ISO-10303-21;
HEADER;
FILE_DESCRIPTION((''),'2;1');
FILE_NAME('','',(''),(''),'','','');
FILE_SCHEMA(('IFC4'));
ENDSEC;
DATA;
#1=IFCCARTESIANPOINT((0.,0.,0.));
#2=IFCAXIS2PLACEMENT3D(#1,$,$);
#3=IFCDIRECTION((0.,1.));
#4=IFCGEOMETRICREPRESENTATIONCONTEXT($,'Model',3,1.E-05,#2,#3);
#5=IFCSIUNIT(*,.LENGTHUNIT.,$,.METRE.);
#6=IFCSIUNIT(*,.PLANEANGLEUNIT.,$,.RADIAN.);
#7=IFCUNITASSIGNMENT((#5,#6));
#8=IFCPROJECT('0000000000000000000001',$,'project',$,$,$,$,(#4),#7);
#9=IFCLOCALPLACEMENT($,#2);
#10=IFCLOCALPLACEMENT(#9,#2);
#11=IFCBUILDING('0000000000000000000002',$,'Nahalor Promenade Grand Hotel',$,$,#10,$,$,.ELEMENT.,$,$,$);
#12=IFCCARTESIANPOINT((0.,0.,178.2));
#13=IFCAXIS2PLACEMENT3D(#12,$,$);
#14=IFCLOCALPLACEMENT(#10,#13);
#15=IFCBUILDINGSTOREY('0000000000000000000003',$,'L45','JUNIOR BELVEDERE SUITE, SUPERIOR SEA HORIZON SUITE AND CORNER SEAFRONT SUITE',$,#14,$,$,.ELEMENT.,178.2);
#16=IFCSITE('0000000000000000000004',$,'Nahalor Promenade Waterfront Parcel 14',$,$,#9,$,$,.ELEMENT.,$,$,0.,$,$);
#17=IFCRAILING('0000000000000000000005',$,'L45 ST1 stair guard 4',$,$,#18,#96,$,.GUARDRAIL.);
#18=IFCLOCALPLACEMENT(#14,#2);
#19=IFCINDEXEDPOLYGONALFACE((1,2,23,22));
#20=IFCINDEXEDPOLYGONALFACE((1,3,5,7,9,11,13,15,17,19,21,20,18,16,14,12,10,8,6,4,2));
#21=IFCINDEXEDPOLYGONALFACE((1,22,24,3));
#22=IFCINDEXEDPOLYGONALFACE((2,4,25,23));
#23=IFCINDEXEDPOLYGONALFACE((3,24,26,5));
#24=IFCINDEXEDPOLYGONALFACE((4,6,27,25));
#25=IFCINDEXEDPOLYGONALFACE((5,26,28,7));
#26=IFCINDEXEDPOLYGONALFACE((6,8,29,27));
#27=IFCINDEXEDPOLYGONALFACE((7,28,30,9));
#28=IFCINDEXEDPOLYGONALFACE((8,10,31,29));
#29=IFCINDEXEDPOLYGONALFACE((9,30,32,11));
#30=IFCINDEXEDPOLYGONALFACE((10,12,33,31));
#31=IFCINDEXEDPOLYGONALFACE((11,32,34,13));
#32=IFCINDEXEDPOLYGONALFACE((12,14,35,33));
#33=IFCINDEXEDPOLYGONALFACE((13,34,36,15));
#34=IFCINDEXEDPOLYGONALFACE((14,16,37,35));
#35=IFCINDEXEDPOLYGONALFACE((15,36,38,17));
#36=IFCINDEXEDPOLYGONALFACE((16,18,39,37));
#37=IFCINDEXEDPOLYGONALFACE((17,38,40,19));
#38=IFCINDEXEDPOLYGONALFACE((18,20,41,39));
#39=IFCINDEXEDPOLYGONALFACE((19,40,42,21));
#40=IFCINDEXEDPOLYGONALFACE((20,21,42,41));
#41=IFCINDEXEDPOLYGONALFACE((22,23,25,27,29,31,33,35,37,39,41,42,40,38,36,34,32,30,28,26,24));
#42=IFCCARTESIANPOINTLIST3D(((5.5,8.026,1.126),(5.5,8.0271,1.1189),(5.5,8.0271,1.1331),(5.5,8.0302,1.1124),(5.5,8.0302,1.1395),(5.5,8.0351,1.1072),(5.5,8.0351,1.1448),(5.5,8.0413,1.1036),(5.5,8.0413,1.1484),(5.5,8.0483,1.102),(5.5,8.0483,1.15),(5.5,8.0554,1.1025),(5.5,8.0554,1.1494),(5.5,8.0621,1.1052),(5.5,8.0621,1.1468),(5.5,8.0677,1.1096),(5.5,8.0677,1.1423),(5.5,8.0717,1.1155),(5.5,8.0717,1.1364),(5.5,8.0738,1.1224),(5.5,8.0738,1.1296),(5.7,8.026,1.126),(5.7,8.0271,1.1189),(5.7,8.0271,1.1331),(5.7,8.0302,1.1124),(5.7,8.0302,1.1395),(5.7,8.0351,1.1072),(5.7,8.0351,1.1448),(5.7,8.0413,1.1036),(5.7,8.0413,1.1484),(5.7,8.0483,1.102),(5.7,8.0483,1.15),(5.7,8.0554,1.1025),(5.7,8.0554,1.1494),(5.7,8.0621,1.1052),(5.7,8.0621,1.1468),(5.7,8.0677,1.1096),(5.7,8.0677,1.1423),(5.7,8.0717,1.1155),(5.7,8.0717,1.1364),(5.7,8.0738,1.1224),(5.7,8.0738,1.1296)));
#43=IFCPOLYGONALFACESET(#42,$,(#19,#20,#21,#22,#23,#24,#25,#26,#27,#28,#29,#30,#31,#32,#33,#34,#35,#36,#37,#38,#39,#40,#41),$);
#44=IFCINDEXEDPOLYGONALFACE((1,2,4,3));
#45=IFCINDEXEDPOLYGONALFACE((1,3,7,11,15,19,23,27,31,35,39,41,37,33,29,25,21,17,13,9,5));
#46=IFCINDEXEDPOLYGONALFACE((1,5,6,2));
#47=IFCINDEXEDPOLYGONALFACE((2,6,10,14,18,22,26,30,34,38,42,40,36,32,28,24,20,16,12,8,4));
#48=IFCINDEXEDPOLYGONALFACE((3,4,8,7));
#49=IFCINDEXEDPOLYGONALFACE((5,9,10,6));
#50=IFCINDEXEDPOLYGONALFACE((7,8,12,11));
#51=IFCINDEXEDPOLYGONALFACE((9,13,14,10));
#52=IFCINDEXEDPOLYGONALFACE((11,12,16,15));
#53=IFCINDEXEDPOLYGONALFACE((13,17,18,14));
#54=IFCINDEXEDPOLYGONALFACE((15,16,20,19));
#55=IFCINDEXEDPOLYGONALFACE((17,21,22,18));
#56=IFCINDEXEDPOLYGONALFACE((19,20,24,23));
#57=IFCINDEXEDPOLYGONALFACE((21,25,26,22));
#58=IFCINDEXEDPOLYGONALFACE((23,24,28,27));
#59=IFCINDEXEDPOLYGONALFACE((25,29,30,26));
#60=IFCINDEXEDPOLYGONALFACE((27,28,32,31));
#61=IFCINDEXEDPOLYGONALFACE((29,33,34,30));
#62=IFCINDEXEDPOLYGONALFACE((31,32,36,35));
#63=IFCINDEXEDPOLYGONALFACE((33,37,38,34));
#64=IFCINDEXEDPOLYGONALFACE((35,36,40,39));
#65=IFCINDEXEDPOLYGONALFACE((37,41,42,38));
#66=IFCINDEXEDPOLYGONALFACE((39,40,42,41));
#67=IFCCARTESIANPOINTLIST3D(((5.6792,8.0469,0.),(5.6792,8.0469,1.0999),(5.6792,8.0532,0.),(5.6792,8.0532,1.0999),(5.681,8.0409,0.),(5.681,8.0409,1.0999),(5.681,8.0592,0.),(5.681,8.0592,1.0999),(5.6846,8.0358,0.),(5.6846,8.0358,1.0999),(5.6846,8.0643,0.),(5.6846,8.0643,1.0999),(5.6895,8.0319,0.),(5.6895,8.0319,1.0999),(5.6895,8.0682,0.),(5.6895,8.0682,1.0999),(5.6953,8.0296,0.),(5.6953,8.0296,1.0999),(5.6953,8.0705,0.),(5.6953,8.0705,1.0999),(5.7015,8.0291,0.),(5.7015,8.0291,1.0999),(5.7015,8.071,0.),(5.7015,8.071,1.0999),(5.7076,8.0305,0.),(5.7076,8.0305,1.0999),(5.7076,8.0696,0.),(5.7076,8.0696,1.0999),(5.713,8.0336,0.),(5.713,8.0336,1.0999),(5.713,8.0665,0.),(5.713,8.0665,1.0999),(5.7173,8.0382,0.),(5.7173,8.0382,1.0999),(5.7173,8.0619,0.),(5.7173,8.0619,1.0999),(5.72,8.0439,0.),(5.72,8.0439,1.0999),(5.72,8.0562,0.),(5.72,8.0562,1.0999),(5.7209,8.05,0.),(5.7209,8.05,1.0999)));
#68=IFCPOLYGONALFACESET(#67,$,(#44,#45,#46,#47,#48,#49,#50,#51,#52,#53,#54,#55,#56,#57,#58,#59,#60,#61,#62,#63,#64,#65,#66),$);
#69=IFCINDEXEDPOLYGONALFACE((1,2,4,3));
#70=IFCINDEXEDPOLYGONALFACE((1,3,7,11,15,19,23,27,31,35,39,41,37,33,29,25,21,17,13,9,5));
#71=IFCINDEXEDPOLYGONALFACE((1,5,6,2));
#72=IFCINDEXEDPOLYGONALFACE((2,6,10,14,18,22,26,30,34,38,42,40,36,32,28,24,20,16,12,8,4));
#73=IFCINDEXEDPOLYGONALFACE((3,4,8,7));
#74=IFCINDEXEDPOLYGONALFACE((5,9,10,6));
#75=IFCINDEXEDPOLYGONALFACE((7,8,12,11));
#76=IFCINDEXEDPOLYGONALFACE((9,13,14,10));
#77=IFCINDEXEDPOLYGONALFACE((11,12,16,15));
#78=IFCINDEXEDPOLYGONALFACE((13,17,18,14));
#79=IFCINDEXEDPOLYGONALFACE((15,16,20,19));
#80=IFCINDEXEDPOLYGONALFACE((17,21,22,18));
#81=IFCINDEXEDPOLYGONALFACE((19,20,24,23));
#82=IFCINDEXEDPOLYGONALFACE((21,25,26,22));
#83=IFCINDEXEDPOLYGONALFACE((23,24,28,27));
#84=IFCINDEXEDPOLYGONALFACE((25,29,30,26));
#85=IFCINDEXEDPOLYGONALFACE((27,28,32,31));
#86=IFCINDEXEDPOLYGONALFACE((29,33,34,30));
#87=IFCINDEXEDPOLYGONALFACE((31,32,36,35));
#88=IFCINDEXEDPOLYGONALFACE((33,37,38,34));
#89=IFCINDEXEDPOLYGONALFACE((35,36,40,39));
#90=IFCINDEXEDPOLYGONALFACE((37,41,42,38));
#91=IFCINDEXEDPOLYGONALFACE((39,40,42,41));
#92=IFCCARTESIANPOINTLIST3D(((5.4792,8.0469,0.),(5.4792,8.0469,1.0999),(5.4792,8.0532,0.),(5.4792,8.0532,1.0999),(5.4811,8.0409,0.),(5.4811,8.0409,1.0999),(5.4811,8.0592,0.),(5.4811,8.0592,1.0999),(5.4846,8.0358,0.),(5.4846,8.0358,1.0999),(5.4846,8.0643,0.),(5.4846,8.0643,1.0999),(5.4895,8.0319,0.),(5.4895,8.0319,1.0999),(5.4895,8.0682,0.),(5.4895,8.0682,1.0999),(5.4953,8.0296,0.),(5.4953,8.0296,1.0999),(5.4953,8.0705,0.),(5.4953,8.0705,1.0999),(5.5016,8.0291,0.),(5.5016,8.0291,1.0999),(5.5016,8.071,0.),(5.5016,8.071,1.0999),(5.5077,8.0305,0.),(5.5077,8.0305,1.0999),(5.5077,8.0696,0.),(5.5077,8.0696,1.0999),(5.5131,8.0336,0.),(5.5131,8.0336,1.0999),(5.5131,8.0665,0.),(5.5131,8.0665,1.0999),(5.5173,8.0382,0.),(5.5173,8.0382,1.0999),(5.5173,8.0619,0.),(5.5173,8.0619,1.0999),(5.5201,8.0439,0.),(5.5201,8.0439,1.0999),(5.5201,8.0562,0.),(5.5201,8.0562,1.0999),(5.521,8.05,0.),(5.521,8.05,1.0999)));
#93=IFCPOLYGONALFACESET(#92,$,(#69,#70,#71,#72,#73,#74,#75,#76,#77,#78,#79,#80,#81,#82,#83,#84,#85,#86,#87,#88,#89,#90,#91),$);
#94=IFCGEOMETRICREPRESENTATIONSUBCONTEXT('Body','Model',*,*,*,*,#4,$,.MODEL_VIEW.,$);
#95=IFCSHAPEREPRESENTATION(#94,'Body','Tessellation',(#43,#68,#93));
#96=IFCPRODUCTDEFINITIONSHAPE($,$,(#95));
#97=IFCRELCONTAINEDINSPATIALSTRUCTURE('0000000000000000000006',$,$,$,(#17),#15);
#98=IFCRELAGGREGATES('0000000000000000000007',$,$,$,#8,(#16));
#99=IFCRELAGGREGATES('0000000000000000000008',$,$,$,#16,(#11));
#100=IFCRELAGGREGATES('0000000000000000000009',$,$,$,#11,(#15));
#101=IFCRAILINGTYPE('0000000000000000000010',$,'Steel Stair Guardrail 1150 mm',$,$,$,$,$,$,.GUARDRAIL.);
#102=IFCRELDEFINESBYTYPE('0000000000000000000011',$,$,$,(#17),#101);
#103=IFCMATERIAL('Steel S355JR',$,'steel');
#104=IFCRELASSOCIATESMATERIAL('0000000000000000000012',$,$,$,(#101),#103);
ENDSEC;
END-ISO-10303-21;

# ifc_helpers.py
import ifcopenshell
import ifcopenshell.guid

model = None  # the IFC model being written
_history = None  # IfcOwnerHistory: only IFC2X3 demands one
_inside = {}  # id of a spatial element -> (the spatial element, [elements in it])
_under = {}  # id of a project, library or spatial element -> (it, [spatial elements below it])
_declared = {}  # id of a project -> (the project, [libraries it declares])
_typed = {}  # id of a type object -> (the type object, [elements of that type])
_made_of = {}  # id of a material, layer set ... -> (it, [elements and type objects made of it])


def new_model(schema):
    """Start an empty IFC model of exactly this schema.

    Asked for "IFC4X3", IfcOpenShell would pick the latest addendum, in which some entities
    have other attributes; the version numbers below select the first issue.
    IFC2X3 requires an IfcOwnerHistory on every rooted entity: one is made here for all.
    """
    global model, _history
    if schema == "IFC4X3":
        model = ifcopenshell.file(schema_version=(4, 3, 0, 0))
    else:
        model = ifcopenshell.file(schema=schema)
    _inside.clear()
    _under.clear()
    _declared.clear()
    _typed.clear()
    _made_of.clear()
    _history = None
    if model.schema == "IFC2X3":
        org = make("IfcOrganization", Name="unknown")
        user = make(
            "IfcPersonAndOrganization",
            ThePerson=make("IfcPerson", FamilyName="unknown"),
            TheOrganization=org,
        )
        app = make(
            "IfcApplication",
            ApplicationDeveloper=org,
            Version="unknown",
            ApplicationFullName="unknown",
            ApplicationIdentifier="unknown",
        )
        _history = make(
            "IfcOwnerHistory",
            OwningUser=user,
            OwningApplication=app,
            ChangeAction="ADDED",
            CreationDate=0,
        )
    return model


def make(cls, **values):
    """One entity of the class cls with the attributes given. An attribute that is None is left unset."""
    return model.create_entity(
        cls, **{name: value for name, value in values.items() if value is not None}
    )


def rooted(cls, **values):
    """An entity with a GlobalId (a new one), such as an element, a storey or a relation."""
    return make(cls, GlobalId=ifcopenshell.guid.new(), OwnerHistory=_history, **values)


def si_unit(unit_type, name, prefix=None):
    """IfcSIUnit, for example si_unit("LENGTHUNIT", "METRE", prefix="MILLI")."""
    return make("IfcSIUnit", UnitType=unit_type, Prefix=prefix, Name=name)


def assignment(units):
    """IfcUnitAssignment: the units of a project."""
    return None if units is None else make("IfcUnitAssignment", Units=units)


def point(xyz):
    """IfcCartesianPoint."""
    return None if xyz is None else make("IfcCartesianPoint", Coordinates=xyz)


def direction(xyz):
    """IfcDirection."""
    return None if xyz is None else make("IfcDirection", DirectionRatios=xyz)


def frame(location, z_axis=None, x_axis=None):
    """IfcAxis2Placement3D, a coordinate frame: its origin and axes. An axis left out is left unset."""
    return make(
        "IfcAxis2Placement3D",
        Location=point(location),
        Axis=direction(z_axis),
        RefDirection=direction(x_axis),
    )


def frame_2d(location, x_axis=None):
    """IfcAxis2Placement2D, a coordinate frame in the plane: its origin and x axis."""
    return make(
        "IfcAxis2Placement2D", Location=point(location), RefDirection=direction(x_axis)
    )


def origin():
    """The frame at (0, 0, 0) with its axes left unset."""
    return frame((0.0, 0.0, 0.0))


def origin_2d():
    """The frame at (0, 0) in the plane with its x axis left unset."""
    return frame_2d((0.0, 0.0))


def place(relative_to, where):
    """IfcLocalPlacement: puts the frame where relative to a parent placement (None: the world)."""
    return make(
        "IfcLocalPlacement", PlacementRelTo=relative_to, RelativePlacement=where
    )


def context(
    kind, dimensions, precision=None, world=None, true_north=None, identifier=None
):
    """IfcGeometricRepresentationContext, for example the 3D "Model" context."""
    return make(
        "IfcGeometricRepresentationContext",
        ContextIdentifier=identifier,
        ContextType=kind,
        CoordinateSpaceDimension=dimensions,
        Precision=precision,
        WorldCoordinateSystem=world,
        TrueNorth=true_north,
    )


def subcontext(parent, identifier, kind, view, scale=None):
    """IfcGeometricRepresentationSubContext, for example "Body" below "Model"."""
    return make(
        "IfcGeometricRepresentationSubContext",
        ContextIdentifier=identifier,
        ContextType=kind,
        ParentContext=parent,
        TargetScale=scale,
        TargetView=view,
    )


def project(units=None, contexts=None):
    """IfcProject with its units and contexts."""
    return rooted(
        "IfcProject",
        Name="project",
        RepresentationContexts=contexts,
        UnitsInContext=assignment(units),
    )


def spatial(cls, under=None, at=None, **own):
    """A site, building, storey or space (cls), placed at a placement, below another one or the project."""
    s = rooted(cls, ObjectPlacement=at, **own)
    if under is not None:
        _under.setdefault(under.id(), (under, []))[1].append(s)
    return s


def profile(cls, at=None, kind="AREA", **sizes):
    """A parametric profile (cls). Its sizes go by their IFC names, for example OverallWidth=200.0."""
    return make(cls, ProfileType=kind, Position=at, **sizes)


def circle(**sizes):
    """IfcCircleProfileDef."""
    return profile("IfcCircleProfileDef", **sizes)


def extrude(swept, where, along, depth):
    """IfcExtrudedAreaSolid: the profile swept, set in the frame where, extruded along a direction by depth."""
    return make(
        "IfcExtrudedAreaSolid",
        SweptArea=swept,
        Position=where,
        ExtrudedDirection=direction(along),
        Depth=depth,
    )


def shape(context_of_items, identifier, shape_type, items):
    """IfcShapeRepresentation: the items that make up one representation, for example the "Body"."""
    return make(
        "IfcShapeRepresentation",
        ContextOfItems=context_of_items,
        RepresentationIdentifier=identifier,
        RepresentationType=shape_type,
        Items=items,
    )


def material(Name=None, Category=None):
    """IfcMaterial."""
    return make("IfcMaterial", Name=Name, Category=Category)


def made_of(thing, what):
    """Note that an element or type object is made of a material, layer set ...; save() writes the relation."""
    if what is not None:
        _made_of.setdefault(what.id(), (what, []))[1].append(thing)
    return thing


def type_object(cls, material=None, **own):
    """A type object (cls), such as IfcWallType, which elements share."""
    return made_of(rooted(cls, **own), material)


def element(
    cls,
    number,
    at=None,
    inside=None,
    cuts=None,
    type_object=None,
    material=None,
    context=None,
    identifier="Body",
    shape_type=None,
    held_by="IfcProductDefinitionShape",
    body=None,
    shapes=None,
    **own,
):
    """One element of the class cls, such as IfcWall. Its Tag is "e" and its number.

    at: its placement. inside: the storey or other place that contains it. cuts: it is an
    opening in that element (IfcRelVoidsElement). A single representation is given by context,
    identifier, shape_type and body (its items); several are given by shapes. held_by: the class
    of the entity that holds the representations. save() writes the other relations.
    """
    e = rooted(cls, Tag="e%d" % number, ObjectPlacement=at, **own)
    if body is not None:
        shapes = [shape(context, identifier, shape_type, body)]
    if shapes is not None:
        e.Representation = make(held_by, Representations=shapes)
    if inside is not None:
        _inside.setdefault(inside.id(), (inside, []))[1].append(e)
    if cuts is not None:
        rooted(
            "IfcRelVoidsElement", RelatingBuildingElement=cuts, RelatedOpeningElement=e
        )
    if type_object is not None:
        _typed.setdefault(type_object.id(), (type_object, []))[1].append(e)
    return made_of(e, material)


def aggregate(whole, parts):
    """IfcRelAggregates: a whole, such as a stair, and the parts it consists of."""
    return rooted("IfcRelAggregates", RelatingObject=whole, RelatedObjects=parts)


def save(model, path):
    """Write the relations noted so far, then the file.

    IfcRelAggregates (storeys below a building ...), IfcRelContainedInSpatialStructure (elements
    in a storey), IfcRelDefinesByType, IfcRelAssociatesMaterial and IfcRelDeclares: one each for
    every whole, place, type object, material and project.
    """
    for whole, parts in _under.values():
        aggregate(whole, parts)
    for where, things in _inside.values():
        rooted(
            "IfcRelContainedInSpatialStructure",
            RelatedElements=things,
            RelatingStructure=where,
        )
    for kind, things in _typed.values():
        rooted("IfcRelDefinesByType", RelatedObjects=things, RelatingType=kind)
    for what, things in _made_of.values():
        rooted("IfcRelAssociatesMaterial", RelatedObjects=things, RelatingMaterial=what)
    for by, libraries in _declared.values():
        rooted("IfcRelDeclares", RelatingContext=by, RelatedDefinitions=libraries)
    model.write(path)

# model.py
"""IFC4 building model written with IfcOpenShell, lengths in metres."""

from ifc_helpers import new_model, si_unit, direction, frame, origin, origin_2d, place, context, subcontext, project, spatial, circle, extrude, material, type_object, element, save


model = new_model("IFC4")

# Units and contexts
model_context = context("Model", 3, precision=1e-05, world=origin(), true_north=direction((0.0, 1.0)))
body_context = subcontext(model_context, "Body", "Model", "MODEL_VIEW")
ifc_project = project(units=[si_unit("LENGTHUNIT", "METRE"), si_unit("PLANEANGLEUNIT", "RADIAN")], contexts=[model_context])

# Site, building, storey
site_placement = place(None, origin())
site = spatial("IfcSite", under=ifc_project, at=site_placement, Name="Nahalor Promenade Waterfront Parcel 14", CompositionType="ELEMENT", RefElevation=0.0)
building_placement = place(site_placement, origin())
building = spatial("IfcBuilding", under=site, at=building_placement, Name="Nahalor Promenade Grand Hotel", CompositionType="ELEMENT")
storey_placement = place(building_placement, frame((0.0, 0.0, 178.2)))
storey = spatial("IfcBuildingStorey", under=building, at=storey_placement, Name="L45", Description="JUNIOR BELVEDERE SUITE, SUPERIOR SEA HORIZON SUITE AND CORNER SEAFRONT SUITE", CompositionType="ELEMENT", Elevation=178.2)

# Shared definitions
ifc_material_1 = material(Name="Steel S355JR", Category="steel")

# Railing
railing_type_1 = type_object("IfcRailingType", Name="Steel Stair Guardrail 1150 mm", PredefinedType="GUARDRAIL", material=ifc_material_1)
railing_1_placement = place(storey_placement, frame((5.7, 8.05, 0.0)))
element("IfcRailing", 1, at=railing_1_placement, inside=storey, type_object=railing_type_1, Name="L45 ST1 stair guard 4", PredefinedType="GUARDRAIL", context=body_context, shape_type="SweptSolid", body=[
    extrude(circle(Radius=0.024, at=origin_2d()), frame((0.0, 0.0, 1.126), z_axis=(-1.0, 0.0, 0.0), x_axis=(0.0, -1.0, 0.0)), (0.0, 0.0, 1.0), 0.2),
    extrude(circle(Radius=0.021, at=origin_2d()), origin(), (0.0, 0.0, 1.0), 1.0999),
    extrude(circle(Radius=0.021, at=origin_2d()), frame((-0.2, 0.0, 0.0)), (0.0, 0.0, 1.0), 1.0999),
])

save(model, "model.ifc")
